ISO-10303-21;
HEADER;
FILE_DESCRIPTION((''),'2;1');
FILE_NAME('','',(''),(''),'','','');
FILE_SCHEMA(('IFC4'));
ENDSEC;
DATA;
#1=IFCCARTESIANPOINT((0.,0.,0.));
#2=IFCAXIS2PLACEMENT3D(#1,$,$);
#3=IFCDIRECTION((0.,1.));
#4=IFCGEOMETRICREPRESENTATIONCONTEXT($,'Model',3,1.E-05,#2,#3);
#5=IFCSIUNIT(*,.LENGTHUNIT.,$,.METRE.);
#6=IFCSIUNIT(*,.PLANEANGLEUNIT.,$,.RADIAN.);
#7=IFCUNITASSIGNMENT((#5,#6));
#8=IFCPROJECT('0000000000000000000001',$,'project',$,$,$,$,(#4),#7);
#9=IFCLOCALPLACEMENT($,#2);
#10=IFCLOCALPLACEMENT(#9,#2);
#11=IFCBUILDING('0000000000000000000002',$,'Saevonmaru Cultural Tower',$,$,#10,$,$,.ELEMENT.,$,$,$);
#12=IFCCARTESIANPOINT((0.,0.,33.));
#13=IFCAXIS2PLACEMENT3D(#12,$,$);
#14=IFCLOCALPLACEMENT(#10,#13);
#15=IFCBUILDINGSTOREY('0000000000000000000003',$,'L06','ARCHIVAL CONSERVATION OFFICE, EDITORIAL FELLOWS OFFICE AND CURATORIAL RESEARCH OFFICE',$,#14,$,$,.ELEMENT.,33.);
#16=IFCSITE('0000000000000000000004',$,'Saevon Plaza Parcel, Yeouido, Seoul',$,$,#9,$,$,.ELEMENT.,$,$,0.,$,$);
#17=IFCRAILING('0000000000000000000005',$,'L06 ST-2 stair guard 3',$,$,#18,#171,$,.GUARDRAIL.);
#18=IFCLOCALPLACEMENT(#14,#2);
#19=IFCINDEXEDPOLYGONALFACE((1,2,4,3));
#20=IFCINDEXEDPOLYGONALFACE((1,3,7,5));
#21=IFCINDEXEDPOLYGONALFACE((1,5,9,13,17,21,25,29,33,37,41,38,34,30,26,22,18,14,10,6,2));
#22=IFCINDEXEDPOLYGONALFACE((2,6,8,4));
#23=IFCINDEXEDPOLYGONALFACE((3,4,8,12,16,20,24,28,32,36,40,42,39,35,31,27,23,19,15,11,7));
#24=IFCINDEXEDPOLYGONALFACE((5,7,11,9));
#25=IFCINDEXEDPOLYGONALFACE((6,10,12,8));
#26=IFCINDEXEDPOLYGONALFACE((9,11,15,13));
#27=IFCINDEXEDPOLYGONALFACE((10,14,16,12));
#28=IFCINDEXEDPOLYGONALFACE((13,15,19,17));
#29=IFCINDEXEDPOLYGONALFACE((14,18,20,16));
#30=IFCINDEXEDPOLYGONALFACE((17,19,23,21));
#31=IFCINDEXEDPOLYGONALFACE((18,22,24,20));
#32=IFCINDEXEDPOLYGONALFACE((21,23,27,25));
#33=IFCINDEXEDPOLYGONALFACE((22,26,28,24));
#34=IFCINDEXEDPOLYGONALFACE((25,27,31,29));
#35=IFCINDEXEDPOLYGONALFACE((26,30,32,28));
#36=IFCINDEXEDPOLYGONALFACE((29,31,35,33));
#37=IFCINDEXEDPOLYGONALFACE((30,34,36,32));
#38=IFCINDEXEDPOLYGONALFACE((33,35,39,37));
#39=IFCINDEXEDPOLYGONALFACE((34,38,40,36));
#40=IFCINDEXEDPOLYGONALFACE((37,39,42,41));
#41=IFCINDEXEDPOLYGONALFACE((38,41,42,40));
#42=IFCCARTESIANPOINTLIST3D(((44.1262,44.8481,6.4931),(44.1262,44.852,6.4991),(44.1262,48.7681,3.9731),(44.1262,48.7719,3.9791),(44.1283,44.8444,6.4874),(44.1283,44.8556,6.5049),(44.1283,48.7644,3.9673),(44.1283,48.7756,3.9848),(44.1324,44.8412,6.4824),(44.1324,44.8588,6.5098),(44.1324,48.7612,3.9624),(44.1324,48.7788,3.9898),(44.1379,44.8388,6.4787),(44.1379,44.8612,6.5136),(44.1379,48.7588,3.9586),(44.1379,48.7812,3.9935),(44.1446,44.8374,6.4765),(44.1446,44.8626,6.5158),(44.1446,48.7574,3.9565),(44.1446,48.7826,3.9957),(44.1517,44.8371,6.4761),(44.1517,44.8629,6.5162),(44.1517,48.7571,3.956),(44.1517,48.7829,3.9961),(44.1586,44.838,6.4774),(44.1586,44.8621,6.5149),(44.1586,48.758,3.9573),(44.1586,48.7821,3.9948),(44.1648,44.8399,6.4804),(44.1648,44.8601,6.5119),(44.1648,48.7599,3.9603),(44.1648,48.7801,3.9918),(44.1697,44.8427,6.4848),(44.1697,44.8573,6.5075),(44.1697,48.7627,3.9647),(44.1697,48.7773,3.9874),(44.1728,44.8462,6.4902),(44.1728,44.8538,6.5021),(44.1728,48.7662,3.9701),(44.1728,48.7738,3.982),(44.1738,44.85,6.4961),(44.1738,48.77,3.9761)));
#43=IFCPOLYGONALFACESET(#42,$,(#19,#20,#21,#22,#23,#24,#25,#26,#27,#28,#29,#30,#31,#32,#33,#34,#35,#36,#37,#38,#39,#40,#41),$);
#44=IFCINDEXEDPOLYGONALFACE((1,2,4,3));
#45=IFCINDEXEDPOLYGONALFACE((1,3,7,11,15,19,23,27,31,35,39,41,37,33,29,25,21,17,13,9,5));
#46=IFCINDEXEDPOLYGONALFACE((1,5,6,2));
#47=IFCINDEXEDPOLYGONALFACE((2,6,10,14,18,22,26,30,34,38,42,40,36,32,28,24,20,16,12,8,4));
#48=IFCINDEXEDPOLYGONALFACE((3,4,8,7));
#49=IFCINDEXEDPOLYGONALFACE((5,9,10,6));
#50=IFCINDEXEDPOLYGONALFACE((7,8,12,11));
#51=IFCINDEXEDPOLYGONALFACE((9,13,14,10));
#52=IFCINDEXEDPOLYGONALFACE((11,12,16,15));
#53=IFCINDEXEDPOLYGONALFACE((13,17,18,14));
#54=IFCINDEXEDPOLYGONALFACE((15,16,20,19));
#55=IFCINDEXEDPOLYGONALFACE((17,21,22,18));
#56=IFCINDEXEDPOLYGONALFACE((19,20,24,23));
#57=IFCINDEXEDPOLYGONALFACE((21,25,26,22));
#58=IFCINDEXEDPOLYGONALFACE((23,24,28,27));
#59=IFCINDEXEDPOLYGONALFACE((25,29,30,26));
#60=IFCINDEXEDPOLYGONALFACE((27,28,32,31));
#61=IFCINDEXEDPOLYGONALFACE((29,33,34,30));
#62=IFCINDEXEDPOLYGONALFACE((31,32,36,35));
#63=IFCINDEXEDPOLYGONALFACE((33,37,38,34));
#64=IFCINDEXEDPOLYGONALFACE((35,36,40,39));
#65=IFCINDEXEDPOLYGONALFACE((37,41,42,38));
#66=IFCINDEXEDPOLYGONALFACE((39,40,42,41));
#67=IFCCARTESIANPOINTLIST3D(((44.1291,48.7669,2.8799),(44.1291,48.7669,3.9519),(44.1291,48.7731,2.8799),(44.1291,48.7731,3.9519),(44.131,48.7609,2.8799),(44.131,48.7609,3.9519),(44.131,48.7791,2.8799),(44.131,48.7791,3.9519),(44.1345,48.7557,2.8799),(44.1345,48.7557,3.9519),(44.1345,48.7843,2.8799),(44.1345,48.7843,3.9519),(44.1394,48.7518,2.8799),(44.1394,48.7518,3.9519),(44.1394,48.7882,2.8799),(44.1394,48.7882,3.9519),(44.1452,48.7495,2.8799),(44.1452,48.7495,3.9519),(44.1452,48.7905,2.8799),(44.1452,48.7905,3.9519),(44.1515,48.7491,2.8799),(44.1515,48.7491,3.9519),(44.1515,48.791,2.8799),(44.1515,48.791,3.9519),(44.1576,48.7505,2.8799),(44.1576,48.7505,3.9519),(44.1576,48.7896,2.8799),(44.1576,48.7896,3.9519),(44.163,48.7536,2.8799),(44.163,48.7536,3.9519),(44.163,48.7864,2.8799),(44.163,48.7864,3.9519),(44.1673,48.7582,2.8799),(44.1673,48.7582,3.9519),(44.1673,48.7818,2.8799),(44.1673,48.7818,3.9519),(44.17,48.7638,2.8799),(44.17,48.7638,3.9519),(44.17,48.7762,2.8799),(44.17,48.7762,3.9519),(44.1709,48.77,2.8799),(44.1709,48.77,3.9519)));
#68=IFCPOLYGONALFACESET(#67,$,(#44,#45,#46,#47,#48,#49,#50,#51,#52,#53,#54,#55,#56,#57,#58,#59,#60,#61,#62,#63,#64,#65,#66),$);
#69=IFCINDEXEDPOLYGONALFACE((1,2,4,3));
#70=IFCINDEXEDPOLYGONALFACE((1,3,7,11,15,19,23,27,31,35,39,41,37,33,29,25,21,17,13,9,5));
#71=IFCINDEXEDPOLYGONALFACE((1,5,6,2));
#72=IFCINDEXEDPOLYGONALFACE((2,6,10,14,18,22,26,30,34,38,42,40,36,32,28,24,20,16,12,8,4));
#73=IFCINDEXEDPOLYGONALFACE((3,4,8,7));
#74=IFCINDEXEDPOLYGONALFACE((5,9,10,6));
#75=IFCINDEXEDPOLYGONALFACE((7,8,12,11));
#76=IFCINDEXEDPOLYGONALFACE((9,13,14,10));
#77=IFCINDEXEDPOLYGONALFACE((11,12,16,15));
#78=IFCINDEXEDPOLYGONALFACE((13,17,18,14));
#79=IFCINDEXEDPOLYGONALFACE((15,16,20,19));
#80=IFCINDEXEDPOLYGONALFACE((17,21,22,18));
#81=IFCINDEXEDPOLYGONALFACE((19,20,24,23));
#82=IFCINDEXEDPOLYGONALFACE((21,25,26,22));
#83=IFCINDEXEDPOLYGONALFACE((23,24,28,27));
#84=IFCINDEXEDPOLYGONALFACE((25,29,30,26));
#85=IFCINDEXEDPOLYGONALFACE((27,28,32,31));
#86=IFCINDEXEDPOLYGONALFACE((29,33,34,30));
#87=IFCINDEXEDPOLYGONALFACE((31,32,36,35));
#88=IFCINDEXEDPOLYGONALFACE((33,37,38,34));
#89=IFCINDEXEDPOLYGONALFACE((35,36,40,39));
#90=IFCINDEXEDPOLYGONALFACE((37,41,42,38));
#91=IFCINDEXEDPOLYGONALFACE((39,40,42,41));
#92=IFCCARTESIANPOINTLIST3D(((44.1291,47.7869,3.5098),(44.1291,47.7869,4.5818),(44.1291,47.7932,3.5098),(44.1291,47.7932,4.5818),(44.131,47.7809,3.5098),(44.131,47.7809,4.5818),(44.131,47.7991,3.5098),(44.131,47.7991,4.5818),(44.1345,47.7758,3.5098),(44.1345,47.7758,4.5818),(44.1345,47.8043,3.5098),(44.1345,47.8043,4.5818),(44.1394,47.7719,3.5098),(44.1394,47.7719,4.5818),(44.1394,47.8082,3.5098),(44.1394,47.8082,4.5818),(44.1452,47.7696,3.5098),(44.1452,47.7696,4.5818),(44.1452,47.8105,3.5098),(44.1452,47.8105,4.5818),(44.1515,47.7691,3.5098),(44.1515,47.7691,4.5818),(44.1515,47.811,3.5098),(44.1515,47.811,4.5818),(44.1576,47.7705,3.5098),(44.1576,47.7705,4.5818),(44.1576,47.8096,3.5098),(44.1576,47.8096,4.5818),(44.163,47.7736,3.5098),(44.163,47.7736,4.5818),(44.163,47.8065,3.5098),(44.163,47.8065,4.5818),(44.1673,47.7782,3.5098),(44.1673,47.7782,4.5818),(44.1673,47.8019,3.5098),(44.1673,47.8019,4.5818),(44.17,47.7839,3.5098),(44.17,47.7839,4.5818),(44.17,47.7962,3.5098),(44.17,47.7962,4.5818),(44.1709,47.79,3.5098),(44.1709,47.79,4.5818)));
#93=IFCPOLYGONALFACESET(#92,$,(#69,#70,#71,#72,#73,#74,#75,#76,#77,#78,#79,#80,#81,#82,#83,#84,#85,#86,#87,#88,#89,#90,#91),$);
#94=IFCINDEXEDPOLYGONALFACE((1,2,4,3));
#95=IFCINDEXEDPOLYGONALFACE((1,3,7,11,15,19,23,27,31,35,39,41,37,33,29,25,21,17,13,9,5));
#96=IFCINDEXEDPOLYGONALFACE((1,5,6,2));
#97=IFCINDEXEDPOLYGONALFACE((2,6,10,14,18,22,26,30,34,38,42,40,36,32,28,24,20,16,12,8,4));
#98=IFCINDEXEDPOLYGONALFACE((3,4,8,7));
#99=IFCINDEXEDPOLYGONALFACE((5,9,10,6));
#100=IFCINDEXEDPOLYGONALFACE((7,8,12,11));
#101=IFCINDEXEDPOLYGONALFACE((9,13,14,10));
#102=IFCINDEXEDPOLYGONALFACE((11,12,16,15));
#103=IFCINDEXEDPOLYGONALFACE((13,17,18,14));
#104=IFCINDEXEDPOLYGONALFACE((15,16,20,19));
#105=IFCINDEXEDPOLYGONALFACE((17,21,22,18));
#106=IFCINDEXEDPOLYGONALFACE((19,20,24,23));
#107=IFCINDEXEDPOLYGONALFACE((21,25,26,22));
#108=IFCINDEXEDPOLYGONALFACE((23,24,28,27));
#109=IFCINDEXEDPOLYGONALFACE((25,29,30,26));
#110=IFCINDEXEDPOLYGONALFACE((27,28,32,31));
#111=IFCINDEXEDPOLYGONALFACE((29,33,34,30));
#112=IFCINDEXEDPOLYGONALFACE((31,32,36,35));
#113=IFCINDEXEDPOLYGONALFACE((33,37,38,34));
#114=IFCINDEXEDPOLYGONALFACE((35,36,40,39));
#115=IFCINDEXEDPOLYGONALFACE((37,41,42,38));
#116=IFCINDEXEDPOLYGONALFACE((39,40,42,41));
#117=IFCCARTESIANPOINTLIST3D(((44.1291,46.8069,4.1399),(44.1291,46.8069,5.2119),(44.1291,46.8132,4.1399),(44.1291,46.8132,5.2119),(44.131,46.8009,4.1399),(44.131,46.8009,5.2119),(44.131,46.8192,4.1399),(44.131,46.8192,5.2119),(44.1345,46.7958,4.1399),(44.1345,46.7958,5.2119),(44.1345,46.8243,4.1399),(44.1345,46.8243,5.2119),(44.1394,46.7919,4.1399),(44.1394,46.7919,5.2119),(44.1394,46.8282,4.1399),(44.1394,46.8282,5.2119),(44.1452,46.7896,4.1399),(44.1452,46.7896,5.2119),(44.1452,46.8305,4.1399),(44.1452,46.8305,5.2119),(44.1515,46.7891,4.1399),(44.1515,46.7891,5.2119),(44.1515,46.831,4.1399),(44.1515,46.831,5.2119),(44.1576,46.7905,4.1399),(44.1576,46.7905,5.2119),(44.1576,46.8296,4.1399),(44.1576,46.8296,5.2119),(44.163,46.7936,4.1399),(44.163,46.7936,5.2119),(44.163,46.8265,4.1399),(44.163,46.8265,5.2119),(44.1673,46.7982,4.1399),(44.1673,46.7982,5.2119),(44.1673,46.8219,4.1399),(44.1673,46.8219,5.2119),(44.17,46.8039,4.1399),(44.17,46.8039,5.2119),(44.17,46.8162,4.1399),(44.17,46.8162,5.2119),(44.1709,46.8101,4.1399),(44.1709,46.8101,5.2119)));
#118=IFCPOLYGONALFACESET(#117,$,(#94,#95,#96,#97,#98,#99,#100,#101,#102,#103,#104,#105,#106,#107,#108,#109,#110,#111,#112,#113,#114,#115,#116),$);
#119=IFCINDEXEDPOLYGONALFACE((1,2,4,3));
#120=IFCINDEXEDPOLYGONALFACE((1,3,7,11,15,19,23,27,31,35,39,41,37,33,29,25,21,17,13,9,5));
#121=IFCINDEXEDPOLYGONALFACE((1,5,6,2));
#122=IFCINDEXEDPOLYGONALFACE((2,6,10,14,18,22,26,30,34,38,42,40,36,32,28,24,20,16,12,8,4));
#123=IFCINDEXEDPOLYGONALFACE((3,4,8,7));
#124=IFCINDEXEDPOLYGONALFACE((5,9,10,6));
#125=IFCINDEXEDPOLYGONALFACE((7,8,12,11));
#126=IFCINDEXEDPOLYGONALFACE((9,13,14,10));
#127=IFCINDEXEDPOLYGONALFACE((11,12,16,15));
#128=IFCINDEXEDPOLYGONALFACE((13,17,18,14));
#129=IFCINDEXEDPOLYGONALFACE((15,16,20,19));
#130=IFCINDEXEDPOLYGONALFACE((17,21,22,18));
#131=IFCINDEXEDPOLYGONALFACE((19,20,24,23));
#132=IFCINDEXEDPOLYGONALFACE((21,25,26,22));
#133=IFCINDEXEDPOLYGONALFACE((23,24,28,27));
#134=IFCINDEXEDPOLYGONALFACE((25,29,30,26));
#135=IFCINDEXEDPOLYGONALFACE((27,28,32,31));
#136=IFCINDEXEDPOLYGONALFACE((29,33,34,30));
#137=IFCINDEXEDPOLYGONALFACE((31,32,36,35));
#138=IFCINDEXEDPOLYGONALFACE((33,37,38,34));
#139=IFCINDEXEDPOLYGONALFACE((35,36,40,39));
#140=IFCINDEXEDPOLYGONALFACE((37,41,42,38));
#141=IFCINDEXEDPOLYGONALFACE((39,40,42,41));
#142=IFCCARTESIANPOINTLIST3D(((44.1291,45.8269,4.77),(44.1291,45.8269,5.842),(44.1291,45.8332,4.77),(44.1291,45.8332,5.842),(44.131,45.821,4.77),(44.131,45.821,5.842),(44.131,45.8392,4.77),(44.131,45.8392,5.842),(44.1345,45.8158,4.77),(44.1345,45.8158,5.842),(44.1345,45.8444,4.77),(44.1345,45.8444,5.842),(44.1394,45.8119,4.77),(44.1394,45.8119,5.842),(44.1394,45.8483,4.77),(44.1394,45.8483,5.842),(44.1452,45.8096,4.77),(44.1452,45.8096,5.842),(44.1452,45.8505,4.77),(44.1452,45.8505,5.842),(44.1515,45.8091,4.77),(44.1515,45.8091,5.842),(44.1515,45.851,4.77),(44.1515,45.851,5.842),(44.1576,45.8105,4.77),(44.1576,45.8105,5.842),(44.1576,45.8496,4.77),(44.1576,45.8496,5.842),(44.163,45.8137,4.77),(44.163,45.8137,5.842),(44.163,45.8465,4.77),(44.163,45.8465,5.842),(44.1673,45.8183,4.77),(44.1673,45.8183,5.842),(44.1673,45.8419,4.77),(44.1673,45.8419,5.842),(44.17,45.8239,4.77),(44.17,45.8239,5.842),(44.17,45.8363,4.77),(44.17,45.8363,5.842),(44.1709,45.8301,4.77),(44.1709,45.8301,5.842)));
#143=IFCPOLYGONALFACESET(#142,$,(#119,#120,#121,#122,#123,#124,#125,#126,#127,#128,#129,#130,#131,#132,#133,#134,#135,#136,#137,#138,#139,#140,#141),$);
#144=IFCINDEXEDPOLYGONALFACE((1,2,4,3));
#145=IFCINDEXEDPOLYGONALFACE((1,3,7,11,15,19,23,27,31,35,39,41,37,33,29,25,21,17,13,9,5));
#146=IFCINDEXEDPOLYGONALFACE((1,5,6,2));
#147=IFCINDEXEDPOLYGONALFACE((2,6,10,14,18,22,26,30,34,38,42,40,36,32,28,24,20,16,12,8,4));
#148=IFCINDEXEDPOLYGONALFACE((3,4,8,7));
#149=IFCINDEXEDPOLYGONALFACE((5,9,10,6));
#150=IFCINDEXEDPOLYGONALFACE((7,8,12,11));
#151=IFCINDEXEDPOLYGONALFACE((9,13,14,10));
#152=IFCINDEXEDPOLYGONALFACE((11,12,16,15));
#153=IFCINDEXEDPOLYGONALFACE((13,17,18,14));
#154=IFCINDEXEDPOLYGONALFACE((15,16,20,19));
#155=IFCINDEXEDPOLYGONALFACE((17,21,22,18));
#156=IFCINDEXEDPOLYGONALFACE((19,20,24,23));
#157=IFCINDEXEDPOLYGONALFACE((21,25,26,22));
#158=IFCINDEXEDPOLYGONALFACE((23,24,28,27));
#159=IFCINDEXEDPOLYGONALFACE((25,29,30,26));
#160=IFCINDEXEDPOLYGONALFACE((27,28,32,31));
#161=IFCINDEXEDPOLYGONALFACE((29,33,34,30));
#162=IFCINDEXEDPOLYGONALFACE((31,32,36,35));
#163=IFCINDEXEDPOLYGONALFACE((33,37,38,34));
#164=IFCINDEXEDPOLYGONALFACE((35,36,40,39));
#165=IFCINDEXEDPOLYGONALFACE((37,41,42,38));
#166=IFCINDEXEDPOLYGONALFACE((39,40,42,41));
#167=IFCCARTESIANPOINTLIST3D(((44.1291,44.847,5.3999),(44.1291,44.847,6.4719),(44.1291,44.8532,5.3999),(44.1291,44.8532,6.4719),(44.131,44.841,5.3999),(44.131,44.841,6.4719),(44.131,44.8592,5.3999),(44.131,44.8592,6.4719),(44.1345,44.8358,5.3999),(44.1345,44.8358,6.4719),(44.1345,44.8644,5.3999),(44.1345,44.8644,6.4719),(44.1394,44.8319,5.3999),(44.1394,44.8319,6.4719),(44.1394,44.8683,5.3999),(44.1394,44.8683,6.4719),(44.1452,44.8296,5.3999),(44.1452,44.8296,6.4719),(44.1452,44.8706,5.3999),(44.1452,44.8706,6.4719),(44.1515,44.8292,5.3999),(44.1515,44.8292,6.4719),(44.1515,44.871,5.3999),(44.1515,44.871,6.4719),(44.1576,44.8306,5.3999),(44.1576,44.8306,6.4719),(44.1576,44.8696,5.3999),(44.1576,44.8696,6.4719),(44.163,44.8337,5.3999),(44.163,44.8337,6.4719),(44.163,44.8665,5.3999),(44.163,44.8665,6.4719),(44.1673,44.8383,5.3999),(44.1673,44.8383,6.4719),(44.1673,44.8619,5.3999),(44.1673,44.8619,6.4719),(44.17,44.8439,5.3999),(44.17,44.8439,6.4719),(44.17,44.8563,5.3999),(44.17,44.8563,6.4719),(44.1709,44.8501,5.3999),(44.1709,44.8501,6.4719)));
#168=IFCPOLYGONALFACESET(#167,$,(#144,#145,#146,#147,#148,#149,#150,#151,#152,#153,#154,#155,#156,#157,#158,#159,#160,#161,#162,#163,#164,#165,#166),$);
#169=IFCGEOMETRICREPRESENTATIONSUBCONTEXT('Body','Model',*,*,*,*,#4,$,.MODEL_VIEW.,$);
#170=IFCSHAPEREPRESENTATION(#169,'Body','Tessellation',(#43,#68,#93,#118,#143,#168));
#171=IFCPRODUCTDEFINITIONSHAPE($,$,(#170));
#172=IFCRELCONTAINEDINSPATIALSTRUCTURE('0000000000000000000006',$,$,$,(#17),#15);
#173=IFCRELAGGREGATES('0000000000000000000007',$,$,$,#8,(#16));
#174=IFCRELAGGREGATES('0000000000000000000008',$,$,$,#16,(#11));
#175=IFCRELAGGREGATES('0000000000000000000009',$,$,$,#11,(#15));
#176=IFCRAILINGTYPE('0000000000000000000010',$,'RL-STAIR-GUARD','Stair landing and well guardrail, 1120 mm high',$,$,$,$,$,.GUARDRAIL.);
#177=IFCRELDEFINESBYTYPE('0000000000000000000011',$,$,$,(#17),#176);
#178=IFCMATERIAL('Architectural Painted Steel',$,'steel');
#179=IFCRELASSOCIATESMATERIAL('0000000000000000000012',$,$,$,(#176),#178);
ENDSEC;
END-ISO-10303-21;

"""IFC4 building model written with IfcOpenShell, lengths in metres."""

from ifc_helpers import new_model, si_unit, direction, frame, origin, origin_2d, place, context, subcontext, project, spatial, circle, extrude, material, type_object, element, save


model = new_model("IFC4")

# Units and contexts
model_context = context("Model", 3, precision=1e-05, world=origin(), true_north=direction((0.0, 1.0)))
body_context = subcontext(model_context, "Body", "Model", "MODEL_VIEW")
ifc_project = project(units=[si_unit("LENGTHUNIT", "METRE"), si_unit("PLANEANGLEUNIT", "RADIAN")], contexts=[model_context])

# Site, building, storey
site_placement = place(None, origin())
site = spatial("IfcSite", under=ifc_project, at=site_placement, Name="Saevon Plaza Parcel, Yeouido, Seoul", CompositionType="ELEMENT", RefElevation=0.0)
building_placement = place(site_placement, origin())
building = spatial("IfcBuilding", under=site, at=building_placement, Name="Saevonmaru Cultural Tower", CompositionType="ELEMENT")
storey_placement = place(building_placement, frame((0.0, 0.0, 33.0)))
storey = spatial("IfcBuildingStorey", under=building, at=storey_placement, Name="L06", Description="ARCHIVAL CONSERVATION OFFICE, EDITORIAL FELLOWS OFFICE AND CURATORIAL RESEARCH OFFICE", CompositionType="ELEMENT", Elevation=33.0)

# Railing
ifc_material_1 = material(Name="Architectural Painted Steel", Category="steel")
railing_type_1 = type_object("IfcRailingType", Name="RL-STAIR-GUARD", Description="Stair landing and well guardrail, 1120 mm high", PredefinedType="GUARDRAIL", material=ifc_material_1)
railing_1_placement = place(storey_placement, frame((44.1499, 48.77, 2.8799)))
element("IfcRailing", 1, at=railing_1_placement, inside=storey, type_object=railing_type_1, Name="L06 ST-2 stair guard 3", PredefinedType="GUARDRAIL", context=body_context, shape_type="SweptSolid", body=[
    extrude(circle(Radius=0.0239, at=origin_2d()), frame((0.0, 0.0, 1.0962), z_axis=(0.0, -0.841172, 0.540768), x_axis=(1.0, 0.0, 0.0)), (0.0, 0.0, 1.0), 4.6602),
    extrude(circle(Radius=0.021, at=origin_2d()), origin(), (0.0, 0.0, 1.0), 1.072),
    extrude(circle(Radius=0.021, at=origin_2d()), frame((0.0, -0.98, 0.6299)), (0.0, 0.0, 1.0), 1.072),
    extrude(circle(Radius=0.021, at=origin_2d()), frame((0.0, -1.96, 1.26)), (0.0, 0.0, 1.0), 1.072),
    extrude(circle(Radius=0.021, at=origin_2d()), frame((0.0, -2.9399, 1.8901)), (0.0, 0.0, 1.0), 1.072),
    extrude(circle(Radius=0.021, at=origin_2d()), frame((0.0, -3.9199, 2.52)), (0.0, 0.0, 1.0), 1.072),
])

save(model, "model.ifc")
